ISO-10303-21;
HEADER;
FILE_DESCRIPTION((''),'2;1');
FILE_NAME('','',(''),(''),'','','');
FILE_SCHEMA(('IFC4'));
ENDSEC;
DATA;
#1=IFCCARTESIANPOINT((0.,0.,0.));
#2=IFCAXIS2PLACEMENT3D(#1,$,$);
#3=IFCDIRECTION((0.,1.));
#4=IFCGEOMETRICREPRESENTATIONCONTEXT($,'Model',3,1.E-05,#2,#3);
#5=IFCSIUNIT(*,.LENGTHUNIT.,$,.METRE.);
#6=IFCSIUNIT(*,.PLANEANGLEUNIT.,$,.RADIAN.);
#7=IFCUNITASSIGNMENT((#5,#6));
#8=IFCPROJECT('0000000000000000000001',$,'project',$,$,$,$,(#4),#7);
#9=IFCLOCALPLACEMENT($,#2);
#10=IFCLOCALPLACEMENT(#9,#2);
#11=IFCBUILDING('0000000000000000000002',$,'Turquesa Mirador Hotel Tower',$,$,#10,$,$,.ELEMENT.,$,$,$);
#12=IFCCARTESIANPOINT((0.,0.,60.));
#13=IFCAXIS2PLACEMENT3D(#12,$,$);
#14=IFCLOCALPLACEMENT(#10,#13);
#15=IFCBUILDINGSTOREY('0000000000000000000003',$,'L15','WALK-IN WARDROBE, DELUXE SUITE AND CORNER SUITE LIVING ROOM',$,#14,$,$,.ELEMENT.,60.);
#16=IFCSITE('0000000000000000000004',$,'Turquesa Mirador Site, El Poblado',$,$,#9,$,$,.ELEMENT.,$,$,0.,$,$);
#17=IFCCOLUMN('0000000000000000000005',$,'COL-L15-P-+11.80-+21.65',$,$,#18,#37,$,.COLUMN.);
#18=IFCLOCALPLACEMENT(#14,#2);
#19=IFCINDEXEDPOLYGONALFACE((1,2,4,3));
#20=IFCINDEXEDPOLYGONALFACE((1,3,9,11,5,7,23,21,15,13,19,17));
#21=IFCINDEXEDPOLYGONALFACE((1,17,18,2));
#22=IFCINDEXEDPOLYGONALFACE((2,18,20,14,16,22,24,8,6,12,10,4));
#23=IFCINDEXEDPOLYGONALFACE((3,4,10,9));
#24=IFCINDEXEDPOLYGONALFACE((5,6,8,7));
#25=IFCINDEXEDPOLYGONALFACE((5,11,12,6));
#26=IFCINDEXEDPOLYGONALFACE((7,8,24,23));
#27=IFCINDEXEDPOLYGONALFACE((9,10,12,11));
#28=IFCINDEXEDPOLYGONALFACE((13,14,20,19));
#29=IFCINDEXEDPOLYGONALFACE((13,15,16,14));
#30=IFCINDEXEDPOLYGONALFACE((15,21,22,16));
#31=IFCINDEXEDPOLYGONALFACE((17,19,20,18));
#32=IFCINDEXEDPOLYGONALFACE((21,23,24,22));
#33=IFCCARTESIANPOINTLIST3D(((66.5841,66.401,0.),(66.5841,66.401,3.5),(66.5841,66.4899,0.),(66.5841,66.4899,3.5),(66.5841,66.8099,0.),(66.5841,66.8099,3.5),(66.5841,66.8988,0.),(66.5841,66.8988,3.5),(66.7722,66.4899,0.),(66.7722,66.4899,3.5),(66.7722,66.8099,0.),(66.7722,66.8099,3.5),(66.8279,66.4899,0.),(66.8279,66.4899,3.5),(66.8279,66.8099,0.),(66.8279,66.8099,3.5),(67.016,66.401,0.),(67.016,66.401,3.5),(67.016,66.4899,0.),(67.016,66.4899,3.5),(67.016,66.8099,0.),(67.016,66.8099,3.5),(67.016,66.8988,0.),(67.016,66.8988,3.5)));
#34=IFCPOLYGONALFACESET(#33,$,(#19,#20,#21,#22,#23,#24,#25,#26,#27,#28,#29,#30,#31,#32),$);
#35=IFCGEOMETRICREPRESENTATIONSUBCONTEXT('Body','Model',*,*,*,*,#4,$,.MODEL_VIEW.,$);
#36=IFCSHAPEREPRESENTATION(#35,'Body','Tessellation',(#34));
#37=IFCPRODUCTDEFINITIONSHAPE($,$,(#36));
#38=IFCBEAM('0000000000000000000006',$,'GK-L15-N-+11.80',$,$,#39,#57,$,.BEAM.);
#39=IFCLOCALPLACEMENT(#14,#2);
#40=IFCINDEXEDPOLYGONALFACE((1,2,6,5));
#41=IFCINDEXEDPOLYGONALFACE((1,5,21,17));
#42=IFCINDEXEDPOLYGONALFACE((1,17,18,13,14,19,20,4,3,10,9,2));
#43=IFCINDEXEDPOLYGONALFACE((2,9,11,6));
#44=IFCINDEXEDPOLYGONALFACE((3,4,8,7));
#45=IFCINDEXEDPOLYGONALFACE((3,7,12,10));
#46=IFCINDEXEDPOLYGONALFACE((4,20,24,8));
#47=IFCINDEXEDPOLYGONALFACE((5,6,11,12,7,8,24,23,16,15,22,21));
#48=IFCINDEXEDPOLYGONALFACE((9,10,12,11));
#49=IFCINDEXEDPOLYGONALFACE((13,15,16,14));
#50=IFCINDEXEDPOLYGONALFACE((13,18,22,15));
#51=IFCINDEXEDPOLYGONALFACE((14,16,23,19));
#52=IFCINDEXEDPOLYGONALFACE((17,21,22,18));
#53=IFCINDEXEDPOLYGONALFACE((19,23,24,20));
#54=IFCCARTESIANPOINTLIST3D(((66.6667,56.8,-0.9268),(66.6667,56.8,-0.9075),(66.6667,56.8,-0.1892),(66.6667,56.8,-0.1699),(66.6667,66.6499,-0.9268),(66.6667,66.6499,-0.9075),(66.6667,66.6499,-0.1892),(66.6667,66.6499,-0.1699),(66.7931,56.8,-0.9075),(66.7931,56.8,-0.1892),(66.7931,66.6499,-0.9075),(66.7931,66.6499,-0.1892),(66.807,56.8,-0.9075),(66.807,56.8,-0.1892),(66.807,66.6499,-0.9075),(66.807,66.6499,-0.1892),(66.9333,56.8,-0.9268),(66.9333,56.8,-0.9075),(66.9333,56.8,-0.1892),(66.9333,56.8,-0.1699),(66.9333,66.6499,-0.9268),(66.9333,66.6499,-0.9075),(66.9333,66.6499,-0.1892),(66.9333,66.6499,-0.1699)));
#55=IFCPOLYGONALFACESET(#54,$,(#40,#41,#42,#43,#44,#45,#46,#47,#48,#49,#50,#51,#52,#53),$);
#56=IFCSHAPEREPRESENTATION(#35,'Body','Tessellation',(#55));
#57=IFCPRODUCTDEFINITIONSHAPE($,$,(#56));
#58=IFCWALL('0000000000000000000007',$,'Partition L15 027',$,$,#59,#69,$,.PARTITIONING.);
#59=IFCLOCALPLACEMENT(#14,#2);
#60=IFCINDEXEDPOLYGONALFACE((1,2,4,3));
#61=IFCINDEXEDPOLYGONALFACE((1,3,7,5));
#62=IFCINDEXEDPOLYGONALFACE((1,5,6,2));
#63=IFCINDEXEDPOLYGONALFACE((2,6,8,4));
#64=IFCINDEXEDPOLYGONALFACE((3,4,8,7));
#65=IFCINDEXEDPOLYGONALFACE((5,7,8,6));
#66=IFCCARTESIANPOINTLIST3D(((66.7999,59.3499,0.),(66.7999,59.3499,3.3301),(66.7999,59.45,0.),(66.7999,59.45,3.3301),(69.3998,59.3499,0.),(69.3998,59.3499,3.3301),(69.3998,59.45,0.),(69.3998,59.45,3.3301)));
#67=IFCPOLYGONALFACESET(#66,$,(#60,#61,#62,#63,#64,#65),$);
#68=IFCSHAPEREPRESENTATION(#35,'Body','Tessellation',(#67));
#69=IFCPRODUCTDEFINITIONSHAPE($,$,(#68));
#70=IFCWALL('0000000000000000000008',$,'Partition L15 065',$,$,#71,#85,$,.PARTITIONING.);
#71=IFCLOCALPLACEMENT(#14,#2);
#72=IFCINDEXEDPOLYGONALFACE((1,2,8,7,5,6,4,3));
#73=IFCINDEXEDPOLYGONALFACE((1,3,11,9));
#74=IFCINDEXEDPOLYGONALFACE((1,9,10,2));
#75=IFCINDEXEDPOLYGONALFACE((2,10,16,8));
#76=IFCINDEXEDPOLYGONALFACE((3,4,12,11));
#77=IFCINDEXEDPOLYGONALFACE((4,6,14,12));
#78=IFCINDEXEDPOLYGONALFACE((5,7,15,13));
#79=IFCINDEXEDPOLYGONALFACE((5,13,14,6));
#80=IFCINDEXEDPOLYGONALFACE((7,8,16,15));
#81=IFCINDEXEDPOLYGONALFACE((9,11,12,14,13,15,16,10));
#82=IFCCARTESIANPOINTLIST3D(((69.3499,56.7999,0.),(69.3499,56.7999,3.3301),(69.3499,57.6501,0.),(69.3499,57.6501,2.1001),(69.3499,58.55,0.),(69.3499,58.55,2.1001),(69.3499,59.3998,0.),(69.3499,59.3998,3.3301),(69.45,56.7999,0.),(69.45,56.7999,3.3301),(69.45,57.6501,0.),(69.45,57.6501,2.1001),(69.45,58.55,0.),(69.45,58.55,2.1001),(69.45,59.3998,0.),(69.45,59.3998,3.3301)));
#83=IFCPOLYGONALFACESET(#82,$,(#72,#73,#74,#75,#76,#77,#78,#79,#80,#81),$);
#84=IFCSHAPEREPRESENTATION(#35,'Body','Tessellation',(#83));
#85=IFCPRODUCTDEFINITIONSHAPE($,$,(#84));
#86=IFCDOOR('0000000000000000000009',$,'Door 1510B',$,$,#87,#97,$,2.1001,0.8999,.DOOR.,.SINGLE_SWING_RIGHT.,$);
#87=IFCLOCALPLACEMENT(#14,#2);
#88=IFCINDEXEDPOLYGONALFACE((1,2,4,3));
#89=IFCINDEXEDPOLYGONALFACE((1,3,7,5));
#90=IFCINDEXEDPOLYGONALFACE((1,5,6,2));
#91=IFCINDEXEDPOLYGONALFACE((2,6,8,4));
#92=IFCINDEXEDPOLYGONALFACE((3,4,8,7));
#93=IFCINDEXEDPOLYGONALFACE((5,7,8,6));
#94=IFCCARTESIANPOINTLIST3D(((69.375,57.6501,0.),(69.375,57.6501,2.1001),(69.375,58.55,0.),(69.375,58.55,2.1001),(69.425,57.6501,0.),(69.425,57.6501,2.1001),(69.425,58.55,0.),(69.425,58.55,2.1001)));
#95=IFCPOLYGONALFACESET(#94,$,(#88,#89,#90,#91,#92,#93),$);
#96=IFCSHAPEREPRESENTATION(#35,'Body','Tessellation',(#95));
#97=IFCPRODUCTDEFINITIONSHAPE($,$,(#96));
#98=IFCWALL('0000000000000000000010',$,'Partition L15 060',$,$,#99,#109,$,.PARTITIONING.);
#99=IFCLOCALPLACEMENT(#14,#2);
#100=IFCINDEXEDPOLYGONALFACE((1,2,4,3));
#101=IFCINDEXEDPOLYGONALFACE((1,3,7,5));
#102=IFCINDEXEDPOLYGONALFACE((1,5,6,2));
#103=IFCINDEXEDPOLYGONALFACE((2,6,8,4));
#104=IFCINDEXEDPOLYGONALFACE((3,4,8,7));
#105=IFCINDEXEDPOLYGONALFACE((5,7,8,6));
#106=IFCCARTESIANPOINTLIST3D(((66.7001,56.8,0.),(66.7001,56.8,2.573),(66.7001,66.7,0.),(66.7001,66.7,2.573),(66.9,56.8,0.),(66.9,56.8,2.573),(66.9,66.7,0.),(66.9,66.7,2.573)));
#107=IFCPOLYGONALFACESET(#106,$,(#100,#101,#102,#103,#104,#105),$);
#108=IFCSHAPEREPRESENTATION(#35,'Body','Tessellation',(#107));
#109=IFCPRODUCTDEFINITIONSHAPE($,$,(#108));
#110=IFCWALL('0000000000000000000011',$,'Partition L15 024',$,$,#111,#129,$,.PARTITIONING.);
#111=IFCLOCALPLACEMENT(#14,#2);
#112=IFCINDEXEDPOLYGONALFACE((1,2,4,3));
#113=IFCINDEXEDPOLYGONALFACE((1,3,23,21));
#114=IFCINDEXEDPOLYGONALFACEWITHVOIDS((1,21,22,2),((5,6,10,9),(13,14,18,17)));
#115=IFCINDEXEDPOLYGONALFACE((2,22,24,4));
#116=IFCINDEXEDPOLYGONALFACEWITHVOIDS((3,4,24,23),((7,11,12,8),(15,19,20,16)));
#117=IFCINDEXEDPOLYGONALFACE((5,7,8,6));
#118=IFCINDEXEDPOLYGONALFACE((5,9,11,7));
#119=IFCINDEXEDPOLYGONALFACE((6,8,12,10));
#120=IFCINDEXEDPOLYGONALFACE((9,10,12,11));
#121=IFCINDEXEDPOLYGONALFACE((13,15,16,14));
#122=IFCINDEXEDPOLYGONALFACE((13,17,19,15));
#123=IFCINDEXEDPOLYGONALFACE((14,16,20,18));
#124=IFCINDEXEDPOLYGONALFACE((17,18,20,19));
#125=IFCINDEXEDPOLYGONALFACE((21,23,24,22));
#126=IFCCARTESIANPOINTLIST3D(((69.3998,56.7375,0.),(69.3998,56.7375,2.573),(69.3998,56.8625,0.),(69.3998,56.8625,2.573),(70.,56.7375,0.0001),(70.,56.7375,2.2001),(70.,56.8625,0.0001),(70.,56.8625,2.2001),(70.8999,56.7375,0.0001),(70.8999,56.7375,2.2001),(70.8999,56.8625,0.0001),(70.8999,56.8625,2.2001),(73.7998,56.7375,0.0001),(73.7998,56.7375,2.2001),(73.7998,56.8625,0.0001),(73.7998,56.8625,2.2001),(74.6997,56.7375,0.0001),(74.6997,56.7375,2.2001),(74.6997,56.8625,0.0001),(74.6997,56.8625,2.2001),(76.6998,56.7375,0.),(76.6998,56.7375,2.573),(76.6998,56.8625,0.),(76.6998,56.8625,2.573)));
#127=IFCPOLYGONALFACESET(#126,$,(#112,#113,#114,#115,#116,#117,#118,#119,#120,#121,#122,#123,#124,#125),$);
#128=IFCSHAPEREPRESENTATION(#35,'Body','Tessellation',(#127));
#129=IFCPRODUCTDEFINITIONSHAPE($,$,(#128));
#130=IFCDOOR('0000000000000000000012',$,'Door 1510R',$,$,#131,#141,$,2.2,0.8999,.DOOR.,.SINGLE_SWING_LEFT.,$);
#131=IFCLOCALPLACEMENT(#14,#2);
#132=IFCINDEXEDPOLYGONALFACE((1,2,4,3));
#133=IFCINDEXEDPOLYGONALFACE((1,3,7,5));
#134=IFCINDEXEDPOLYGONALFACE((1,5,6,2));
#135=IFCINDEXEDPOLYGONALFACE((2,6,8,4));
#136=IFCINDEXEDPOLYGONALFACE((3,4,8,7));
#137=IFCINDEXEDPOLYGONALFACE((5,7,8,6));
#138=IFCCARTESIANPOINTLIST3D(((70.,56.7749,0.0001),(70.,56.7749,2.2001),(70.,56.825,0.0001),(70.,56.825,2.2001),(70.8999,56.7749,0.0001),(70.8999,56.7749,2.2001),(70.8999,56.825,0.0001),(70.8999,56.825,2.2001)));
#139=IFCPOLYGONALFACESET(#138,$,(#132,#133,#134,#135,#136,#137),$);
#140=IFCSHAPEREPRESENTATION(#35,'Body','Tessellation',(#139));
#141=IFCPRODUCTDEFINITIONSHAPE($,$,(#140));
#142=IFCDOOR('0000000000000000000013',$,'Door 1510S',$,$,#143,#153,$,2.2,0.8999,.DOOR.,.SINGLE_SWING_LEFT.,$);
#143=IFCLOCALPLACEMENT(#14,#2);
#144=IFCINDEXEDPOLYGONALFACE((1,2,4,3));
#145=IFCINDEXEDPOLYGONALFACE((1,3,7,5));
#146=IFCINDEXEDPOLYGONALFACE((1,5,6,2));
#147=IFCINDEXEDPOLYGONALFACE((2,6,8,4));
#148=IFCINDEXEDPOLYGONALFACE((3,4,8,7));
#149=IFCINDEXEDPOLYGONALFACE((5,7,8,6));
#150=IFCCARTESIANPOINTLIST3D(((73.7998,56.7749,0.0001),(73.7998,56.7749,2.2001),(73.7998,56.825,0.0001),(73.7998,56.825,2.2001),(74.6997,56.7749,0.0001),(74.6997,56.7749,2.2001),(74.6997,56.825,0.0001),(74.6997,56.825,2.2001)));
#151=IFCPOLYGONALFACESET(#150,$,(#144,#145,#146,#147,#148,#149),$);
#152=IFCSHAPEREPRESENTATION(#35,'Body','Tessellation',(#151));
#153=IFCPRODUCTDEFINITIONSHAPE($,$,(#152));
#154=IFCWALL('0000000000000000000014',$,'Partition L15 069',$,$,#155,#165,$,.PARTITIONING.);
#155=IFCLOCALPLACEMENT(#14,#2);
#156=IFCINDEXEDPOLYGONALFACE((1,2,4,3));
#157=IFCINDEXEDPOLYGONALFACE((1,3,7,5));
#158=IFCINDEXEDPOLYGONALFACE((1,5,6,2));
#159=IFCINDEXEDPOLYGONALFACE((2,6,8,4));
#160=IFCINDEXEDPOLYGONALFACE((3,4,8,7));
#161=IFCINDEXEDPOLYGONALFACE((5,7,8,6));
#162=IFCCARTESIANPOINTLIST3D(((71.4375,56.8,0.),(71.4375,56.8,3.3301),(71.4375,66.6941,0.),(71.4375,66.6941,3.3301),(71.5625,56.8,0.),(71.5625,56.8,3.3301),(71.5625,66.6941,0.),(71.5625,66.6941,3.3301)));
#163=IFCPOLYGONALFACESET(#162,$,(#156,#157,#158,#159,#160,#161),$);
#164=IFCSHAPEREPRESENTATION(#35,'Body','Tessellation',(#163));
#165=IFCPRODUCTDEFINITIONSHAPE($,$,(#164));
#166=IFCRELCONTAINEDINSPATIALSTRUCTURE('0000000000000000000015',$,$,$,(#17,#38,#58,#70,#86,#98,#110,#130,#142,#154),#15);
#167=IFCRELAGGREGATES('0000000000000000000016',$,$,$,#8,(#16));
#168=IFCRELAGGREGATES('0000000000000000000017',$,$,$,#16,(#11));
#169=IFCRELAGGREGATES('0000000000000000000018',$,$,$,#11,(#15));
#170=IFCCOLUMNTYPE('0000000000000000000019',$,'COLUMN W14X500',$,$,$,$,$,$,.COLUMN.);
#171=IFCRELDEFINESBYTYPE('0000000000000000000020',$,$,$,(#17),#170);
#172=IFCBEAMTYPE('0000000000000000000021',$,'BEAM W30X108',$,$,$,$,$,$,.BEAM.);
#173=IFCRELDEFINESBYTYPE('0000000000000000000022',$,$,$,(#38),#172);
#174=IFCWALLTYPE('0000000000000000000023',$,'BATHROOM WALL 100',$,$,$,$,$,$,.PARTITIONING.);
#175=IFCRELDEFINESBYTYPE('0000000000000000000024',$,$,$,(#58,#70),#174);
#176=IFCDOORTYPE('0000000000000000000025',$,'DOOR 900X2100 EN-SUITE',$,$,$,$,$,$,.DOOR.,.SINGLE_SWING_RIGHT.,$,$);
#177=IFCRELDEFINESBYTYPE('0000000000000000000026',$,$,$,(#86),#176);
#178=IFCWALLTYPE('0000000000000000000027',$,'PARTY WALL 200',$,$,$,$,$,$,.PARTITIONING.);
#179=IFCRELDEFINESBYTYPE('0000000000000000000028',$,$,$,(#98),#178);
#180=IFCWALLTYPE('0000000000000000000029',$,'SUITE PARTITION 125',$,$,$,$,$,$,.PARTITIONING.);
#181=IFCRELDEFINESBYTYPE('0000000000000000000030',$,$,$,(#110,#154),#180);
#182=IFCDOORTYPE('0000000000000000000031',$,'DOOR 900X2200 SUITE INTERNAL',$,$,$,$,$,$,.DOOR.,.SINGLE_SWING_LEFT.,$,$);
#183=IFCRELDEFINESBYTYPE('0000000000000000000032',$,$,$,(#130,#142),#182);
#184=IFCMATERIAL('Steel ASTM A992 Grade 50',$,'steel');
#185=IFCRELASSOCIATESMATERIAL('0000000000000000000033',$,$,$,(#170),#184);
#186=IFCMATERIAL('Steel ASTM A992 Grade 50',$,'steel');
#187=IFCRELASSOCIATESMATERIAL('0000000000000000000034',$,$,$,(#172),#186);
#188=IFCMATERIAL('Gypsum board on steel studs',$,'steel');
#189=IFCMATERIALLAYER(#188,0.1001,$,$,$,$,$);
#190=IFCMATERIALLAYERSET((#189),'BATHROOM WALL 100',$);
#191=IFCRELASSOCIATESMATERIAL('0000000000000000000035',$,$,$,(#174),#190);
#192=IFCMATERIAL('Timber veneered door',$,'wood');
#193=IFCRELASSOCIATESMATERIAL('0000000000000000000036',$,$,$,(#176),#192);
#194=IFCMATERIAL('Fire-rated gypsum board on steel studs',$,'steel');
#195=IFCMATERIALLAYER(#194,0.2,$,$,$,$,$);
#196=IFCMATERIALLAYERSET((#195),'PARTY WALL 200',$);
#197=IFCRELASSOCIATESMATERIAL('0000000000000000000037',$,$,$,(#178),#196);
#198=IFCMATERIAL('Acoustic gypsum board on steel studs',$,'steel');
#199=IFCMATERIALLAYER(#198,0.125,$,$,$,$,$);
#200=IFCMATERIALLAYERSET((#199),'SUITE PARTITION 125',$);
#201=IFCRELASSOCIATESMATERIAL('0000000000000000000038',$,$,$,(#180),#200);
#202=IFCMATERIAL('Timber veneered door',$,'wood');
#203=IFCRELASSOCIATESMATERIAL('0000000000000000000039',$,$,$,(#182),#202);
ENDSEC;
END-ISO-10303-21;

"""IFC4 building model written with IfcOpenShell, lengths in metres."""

from ifc_helpers import new_model, si_unit, direction, frame, frame_2d, origin, origin_2d, place, context, subcontext, project, spatial, rectangle, i_section, extrude, material, layer, layer_set, material_profile, profile_set, type_object, element, fill, save


model = new_model("IFC4")

# Units and contexts
model_context = context("Model", 3, precision=1e-05, world=origin(), true_north=direction((0.0, 1.0)))
body_context = subcontext(model_context, "Body", "Model", "MODEL_VIEW")
ifc_project = project(units=[si_unit("LENGTHUNIT", "METRE"), si_unit("PLANEANGLEUNIT", "RADIAN")], contexts=[model_context])

# Site, building, storey
site_placement = place(None, origin())
site = spatial("IfcSite", under=ifc_project, at=site_placement, Name="Turquesa Mirador Site, El Poblado", CompositionType="ELEMENT", RefElevation=0.0)
building_placement = place(site_placement, origin())
building = spatial("IfcBuilding", under=site, at=building_placement, Name="Turquesa Mirador Hotel Tower", CompositionType="ELEMENT")
storey_placement = place(building_placement, frame((0.0, 0.0, 60.0)))
storey = spatial("IfcBuildingStorey", under=building, at=storey_placement, Name="L15", Description="WALK-IN WARDROBE, DELUXE SUITE AND CORNER SUITE LIVING ROOM", CompositionType="ELEMENT", Elevation=60.0)

# Column
ifc_material_1 = material(Name="Steel ASTM A992 Grade 50", Category="steel")
ifc_material_profile_1 = material_profile(ifc_material_1, i_section(OverallWidth=0.4319, OverallDepth=0.4978, WebThickness=0.0557, FlangeThickness=0.0889, at=origin_2d()), Name="W14X500")
ifc_profile_set_1 = profile_set([ifc_material_profile_1], Name="Steel ASTM A992 Grade 50")
column_type = type_object("IfcColumnType", Name="COLUMN W14X500", PredefinedType="COLUMN", material=ifc_profile_set_1)
column_placement = place(storey_placement, frame((66.8, 66.6499, 0.0), z_axis=(0.0, 0.0, 1.0), x_axis=(1.0, 0.0, 0.0)))
element("IfcColumn", 1, at=column_placement, inside=storey, type_object=column_type, Name="COL-L15-P-+11.80-+21.65", PredefinedType="COLUMN", context=body_context, shape_type="SweptSolid", body=[
    extrude(i_section(OverallWidth=0.4319, OverallDepth=0.4978, WebThickness=0.0557, FlangeThickness=0.0889, at=origin_2d()), origin(), (0.0, 0.0, 1.0), 3.5),
])

# Beam
ifc_material_2 = material(Name="Steel ASTM A992 Grade 50", Category="steel")
ifc_material_profile_2 = material_profile(ifc_material_2, i_section(OverallWidth=0.2666, OverallDepth=0.7568, WebThickness=0.0139, FlangeThickness=0.0193, at=origin_2d()), Name="W30X108")
ifc_profile_set_2 = profile_set([ifc_material_profile_2], Name="Steel ASTM A992 Grade 50")
beam_type = type_object("IfcBeamType", Name="BEAM W30X108", PredefinedType="BEAM", material=ifc_profile_set_2)
beam_placement = place(storey_placement, frame((66.8, 66.6499, -0.5483), z_axis=(0.0, -1.0, 0.0), x_axis=(1.0, 0.0, 0.0)))
element("IfcBeam", 2, at=beam_placement, inside=storey, type_object=beam_type, Name="GK-L15-N-+11.80", PredefinedType="BEAM", context=body_context, shape_type="SweptSolid", body=[
    extrude(i_section(OverallWidth=0.2666, OverallDepth=0.7568, WebThickness=0.0139, FlangeThickness=0.0193, at=origin_2d()), origin(), (0.0, 0.0, 1.0), 9.8499),
])

# Wall
ifc_material_3 = material(Name="Gypsum board on steel studs", Category="steel")
ifc_layer_1 = layer(ifc_material_3, 0.1001)
ifc_layer_set_1 = layer_set([ifc_layer_1], Name="BATHROOM WALL 100")
wall_type_1 = type_object("IfcWallType", Name="BATHROOM WALL 100", PredefinedType="PARTITIONING", material=ifc_layer_set_1)
wall_1_placement = place(storey_placement, frame((66.8, 59.3999, 0.0), z_axis=(0.0, 0.0, 1.0), x_axis=(1.0, 0.0, 0.0)))
element("IfcWall", 3, at=wall_1_placement, inside=storey, type_object=wall_type_1, Name="Partition L15 027", PredefinedType="PARTITIONING", context=body_context, shape_type="SweptSolid", body=[
    extrude(rectangle(XDim=2.5999, YDim=0.1001, at=frame_2d((1.2998, 0.0))), origin(), (0.0, 0.0, 1.0), 3.3301),
])

# Wall, opening, door
wall_2_placement = place(storey_placement, frame((69.3999, 56.8, 0.0), z_axis=(0.0, 0.0, 1.0), x_axis=(0.0, 1.0, 0.0)))
wall_2 = element("IfcWall", 4, at=wall_2_placement, inside=storey, type_object=wall_type_1, Name="Partition L15 065", PredefinedType="PARTITIONING", context=body_context, shape_type="SweptSolid", body=[
    extrude(rectangle(XDim=2.5999, YDim=0.1001, at=frame_2d((1.2998, 0.0))), origin(), (0.0, 0.0, 1.0), 3.3301),
])
opening_1_placement = place(wall_2_placement, frame((0.8501, 0.0, 0.0)))
opening_1 = element("IfcOpeningElement", 5, at=opening_1_placement, cuts=wall_2, PredefinedType="OPENING", context=body_context, shape_type="SweptSolid", body=[
    extrude(rectangle(XDim=0.8999, YDim=2.1001, at=frame_2d((0.45, 1.05))), frame((0.0, 0.0601, 0.0), z_axis=(0.0, -1.0, 0.0), x_axis=(1.0, 0.0, 0.0)), (0.0, 0.0, 1.0), 0.1201),
])
ifc_material_4 = material(Name="Timber veneered door", Category="wood")
door_type_1 = type_object("IfcDoorType", Name="DOOR 900X2100 EN-SUITE", OperationType="SINGLE_SWING_RIGHT", PredefinedType="DOOR", material=ifc_material_4)
door_1_placement = place(opening_1_placement, origin())
door_1 = element("IfcDoor", 6, at=door_1_placement, inside=storey, type_object=door_type_1, Name="Door 1510B", OperationType="SINGLE_SWING_RIGHT", OverallHeight=2.1001, OverallWidth=0.8999, PredefinedType="DOOR", context=body_context, shape_type="SweptSolid", body=[
    extrude(rectangle(XDim=0.8999, YDim=2.1001, at=frame_2d((0.45, 1.05))), frame((0.0, 0.0249, 0.0), z_axis=(0.0, -1.0, 0.0), x_axis=(1.0, 0.0, 0.0)), (0.0, 0.0, 1.0), 0.05),
])
fill(opening_1, door_1)

# Wall
ifc_material_5 = material(Name="Fire-rated gypsum board on steel studs", Category="steel")
ifc_layer_2 = layer(ifc_material_5, 0.2)
ifc_layer_set_2 = layer_set([ifc_layer_2], Name="PARTY WALL 200")
wall_type_2 = type_object("IfcWallType", Name="PARTY WALL 200", PredefinedType="PARTITIONING", material=ifc_layer_set_2)
wall_3_placement = place(storey_placement, frame((66.8, 56.8, 0.0), z_axis=(0.0, 0.0, 1.0), x_axis=(0.0, 1.0, 0.0)))
element("IfcWall", 7, at=wall_3_placement, inside=storey, type_object=wall_type_2, Name="Partition L15 060", PredefinedType="PARTITIONING", context=body_context, shape_type="SweptSolid", body=[
    extrude(rectangle(XDim=9.8999, YDim=0.2, at=frame_2d((4.95, 0.0))), origin(), (0.0, 0.0, 1.0), 2.573),
])

# Wall, openings, doors
ifc_material_6 = material(Name="Acoustic gypsum board on steel studs", Category="steel")
ifc_layer_3 = layer(ifc_material_6, 0.125)
ifc_layer_set_3 = layer_set([ifc_layer_3], Name="SUITE PARTITION 125")
wall_type_3 = type_object("IfcWallType", Name="SUITE PARTITION 125", PredefinedType="PARTITIONING", material=ifc_layer_set_3)
wall_4_placement = place(storey_placement, frame((69.3999, 56.8, 0.0), z_axis=(0.0, 0.0, 1.0), x_axis=(1.0, 0.0, 0.0)))
wall_4 = element("IfcWall", 8, at=wall_4_placement, inside=storey, type_object=wall_type_3, Name="Partition L15 024", PredefinedType="PARTITIONING", context=body_context, shape_type="SweptSolid", body=[
    extrude(rectangle(XDim=7.3, YDim=0.125, at=frame_2d((3.6499, 0.0))), origin(), (0.0, 0.0, 1.0), 2.573),
])
opening_2_placement = place(wall_4_placement, frame((0.6001, 0.0, 0.0)))
opening_2 = element("IfcOpeningElement", 9, at=opening_2_placement, cuts=wall_4, PredefinedType="OPENING", context=body_context, shape_type="SweptSolid", body=[
    extrude(rectangle(XDim=0.8999, YDim=2.2, at=frame_2d((0.45, 1.1001))), frame((0.0, 0.0725, 0.0), z_axis=(0.0, -1.0, 0.0), x_axis=(1.0, 0.0, 0.0)), (0.0, 0.0, 1.0), 0.145),
])
opening_3_placement = place(wall_4_placement, frame((4.3999, 0.0, 0.0)))
opening_3 = element("IfcOpeningElement", 10, at=opening_3_placement, cuts=wall_4, PredefinedType="OPENING", context=body_context, shape_type="SweptSolid", body=[
    extrude(rectangle(XDim=0.8999, YDim=2.2, at=frame_2d((0.45, 1.1001))), frame((0.0, 0.0725, 0.0), z_axis=(0.0, -1.0, 0.0), x_axis=(1.0, 0.0, 0.0)), (0.0, 0.0, 1.0), 0.145),
])
ifc_material_7 = material(Name="Timber veneered door", Category="wood")
door_type_2 = type_object("IfcDoorType", Name="DOOR 900X2200 SUITE INTERNAL", OperationType="SINGLE_SWING_LEFT", PredefinedType="DOOR", material=ifc_material_7)
door_2_placement = place(opening_2_placement, origin())
door_2 = element("IfcDoor", 11, at=door_2_placement, inside=storey, type_object=door_type_2, Name="Door 1510R", OperationType="SINGLE_SWING_LEFT", OverallHeight=2.2, OverallWidth=0.8999, PredefinedType="DOOR", context=body_context, shape_type="SweptSolid", body=[
    extrude(rectangle(XDim=0.8999, YDim=2.2, at=frame_2d((0.45, 1.1001))), frame((0.0, 0.0249, 0.0), z_axis=(0.0, -1.0, 0.0), x_axis=(1.0, 0.0, 0.0)), (0.0, 0.0, 1.0), 0.05),
])
fill(opening_2, door_2)
door_3_placement = place(opening_3_placement, origin())
door_3 = element("IfcDoor", 12, at=door_3_placement, inside=storey, type_object=door_type_2, Name="Door 1510S", OperationType="SINGLE_SWING_LEFT", OverallHeight=2.2, OverallWidth=0.8999, PredefinedType="DOOR", context=body_context, shape_type="SweptSolid", body=[
    extrude(rectangle(XDim=0.8999, YDim=2.2, at=frame_2d((0.45, 1.1001))), frame((0.0, 0.0249, 0.0), z_axis=(0.0, -1.0, 0.0), x_axis=(1.0, 0.0, 0.0)), (0.0, 0.0, 1.0), 0.05),
])
fill(opening_3, door_3)

# Wall
wall_5_placement = place(storey_placement, frame((71.5, 56.8, 0.0), z_axis=(0.0, 0.0, 1.0), x_axis=(0.0, 1.0, 0.0)))
element("IfcWall", 13, at=wall_5_placement, inside=storey, type_object=wall_type_3, Name="Partition L15 069", PredefinedType="PARTITIONING", context=body_context, shape_type="SweptSolid", body=[
    extrude(rectangle(XDim=9.894, YDim=0.125, at=frame_2d((4.947, 0.0))), origin(), (0.0, 0.0, 1.0), 3.3301),
])

save(model, "model.ifc")
